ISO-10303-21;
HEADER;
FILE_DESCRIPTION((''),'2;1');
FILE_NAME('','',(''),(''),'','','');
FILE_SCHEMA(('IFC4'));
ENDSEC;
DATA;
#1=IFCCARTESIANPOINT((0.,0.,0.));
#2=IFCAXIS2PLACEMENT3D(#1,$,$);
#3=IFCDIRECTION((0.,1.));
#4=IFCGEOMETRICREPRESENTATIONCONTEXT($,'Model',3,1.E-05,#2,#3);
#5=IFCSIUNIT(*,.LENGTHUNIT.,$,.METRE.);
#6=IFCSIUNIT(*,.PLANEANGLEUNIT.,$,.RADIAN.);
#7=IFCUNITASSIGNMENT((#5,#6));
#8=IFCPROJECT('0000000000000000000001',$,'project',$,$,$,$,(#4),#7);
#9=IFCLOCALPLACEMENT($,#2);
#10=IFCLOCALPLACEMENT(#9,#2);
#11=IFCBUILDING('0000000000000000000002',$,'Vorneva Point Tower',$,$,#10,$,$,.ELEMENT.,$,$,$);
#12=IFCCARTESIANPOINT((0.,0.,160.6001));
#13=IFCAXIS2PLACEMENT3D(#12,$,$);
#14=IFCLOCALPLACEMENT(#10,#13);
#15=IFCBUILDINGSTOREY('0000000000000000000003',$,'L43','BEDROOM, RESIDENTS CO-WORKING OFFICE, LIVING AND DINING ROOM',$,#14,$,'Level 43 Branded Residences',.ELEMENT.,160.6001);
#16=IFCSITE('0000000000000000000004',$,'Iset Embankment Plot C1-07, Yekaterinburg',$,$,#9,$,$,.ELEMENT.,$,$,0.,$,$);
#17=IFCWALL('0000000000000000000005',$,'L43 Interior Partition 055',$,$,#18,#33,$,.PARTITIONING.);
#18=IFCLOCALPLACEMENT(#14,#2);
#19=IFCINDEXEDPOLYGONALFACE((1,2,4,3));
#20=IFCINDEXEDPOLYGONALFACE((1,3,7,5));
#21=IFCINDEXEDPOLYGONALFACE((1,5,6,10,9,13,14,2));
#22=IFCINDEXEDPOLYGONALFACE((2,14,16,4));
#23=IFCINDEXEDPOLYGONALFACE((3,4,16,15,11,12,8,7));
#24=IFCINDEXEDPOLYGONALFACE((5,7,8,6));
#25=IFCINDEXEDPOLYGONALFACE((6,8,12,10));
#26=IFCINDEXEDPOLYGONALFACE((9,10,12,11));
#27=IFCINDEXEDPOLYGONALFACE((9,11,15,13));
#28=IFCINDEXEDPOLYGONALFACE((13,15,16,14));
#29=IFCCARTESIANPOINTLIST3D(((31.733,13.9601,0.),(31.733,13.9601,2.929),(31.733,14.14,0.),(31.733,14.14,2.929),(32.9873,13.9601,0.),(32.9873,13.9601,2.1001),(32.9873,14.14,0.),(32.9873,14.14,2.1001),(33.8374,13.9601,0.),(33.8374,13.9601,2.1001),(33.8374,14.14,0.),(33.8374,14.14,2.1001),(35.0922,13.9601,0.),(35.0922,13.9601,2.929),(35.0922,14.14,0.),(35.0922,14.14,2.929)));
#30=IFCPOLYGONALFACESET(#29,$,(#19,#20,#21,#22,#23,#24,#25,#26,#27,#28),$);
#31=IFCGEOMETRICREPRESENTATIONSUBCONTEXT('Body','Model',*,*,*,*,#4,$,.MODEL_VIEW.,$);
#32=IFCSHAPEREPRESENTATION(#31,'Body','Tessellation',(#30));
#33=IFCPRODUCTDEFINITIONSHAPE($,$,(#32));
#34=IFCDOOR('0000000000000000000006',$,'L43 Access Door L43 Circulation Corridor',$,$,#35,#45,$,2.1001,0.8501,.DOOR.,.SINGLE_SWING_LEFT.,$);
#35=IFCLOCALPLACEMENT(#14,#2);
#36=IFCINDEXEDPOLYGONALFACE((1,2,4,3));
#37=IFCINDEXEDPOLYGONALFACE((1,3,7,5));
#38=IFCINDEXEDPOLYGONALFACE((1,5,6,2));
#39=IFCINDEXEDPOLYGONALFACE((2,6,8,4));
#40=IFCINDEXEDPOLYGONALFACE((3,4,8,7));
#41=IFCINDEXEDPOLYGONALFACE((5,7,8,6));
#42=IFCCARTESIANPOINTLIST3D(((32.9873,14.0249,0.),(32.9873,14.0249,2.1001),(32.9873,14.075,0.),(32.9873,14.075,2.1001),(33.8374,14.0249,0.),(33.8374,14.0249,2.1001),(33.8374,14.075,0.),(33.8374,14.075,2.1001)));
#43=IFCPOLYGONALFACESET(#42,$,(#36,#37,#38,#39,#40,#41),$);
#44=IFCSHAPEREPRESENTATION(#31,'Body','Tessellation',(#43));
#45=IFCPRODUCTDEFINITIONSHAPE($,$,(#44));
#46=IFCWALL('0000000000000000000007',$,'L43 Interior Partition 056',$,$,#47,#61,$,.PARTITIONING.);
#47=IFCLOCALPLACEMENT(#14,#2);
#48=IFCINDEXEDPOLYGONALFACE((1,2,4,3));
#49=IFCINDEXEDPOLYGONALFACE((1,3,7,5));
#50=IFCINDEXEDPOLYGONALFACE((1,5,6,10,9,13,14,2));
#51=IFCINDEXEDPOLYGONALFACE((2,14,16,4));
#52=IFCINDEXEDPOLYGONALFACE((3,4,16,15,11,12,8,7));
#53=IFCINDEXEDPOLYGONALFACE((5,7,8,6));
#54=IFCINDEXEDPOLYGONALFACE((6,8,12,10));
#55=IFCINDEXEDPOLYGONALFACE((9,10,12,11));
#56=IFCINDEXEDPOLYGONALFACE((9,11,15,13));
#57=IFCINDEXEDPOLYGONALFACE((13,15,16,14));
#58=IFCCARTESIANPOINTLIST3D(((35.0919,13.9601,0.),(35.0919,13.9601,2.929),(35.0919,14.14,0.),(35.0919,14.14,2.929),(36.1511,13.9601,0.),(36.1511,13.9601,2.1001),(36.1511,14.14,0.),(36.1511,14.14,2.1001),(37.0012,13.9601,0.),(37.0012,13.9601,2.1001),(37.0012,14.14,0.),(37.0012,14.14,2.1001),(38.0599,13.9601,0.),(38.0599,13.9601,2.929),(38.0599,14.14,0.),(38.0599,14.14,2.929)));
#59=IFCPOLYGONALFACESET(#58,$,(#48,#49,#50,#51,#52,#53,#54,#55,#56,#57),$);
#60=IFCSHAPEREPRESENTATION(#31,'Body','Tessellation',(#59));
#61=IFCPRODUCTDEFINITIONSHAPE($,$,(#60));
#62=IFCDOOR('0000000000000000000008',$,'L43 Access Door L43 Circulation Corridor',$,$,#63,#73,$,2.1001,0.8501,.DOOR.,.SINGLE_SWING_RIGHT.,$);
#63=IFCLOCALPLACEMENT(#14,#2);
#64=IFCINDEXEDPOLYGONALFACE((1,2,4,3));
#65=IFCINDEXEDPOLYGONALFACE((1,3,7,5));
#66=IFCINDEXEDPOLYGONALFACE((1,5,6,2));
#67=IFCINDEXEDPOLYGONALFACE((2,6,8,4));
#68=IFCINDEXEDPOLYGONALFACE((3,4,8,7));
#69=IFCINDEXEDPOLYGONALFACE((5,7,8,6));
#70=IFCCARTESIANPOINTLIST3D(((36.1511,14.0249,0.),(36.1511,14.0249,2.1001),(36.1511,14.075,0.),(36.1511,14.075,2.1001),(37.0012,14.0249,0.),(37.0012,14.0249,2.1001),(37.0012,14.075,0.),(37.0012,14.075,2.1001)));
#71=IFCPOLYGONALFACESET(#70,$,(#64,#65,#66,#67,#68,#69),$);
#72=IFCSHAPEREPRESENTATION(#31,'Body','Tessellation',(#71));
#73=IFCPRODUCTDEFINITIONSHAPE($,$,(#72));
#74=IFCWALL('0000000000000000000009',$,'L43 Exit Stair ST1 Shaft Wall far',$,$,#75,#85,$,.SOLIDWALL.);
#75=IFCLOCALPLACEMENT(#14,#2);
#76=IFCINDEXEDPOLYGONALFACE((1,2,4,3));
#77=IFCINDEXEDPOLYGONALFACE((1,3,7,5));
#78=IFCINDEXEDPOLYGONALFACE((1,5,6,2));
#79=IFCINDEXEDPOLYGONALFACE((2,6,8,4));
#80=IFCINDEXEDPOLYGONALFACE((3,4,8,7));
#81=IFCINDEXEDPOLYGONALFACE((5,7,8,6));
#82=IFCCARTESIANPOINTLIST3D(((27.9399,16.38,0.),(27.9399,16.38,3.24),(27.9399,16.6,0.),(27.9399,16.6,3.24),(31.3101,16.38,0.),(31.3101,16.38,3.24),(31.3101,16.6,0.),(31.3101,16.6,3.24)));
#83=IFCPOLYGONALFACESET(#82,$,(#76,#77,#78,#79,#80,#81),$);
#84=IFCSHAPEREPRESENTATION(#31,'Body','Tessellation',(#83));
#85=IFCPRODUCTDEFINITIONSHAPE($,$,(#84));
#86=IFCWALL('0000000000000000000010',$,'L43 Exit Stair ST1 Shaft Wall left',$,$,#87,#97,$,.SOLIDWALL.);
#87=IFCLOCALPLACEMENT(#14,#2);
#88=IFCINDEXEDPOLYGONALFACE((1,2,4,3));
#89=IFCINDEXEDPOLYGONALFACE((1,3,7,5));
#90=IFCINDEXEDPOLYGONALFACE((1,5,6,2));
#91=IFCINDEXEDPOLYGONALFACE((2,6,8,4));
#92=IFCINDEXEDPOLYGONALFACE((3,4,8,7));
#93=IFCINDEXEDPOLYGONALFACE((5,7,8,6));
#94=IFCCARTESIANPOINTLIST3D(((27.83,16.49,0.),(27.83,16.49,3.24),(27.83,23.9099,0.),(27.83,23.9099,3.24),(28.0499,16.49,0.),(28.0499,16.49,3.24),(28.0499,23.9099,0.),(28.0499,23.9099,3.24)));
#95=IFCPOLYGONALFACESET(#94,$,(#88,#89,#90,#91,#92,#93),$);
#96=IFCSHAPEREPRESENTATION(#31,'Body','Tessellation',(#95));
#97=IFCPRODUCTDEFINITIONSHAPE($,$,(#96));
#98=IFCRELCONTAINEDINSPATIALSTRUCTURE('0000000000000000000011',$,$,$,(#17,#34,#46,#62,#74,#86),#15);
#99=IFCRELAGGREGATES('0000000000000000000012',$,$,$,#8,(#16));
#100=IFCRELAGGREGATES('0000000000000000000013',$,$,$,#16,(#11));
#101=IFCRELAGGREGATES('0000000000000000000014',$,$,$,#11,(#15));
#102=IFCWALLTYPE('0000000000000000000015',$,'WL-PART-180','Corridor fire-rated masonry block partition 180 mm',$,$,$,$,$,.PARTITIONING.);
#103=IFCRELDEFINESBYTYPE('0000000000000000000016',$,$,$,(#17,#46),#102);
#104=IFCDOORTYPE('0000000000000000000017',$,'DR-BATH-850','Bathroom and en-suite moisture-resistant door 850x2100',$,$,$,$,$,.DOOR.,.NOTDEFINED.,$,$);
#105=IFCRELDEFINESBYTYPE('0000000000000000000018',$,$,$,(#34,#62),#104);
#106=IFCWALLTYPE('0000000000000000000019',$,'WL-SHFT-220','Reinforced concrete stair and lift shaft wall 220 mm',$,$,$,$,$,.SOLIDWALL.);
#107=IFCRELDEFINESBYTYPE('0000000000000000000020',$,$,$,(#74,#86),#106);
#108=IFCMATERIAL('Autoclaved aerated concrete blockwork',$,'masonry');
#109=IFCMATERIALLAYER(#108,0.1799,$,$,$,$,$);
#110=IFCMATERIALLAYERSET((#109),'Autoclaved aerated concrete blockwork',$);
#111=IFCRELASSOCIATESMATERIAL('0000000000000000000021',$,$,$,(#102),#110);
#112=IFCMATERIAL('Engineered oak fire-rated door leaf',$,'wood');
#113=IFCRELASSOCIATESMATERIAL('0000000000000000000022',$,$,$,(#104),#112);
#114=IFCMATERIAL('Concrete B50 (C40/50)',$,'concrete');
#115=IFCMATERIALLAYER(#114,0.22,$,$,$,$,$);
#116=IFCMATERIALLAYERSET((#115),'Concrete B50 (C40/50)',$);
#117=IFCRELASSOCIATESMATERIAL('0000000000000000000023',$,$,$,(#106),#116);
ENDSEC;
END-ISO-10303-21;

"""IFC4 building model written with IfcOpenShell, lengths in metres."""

from ifc_helpers import new_model, si_unit, direction, frame, frame_2d, origin, place, context, subcontext, project, spatial, rectangle, extrude, material, layer, layer_set, type_object, element, fill, save


model = new_model("IFC4")

# Units and contexts
model_context = context("Model", 3, precision=1e-05, world=origin(), true_north=direction((0.0, 1.0)))
body_context = subcontext(model_context, "Body", "Model", "MODEL_VIEW")
ifc_project = project(units=[si_unit("LENGTHUNIT", "METRE"), si_unit("PLANEANGLEUNIT", "RADIAN")], contexts=[model_context])

# Site, building, storey
site_placement = place(None, origin())
site = spatial("IfcSite", under=ifc_project, at=site_placement, Name="Iset Embankment Plot C1-07, Yekaterinburg", CompositionType="ELEMENT", RefElevation=0.0)
building_placement = place(site_placement, origin())
building = spatial("IfcBuilding", under=site, at=building_placement, Name="Vorneva Point Tower", CompositionType="ELEMENT")
storey_placement = place(building_placement, frame((0.0, 0.0, 160.6001)))
storey = spatial("IfcBuildingStorey", under=building, at=storey_placement, Name="L43", Description="BEDROOM, RESIDENTS CO-WORKING OFFICE, LIVING AND DINING ROOM", LongName="Level 43 Branded Residences", CompositionType="ELEMENT", Elevation=160.6001)

# Shared definitions
ifc_material_1 = material(Name="Engineered oak fire-rated door leaf", Category="wood")

# Shared definitions
ifc_material_2 = material(Name="Autoclaved aerated concrete blockwork", Category="masonry")
ifc_layer_1 = layer(ifc_material_2, 0.1799)
ifc_layer_set_1 = layer_set([ifc_layer_1], Name="Autoclaved aerated concrete blockwork")
wall_type_1 = type_object("IfcWallType", Name="WL-PART-180", Description="Corridor fire-rated masonry block partition 180 mm", PredefinedType="PARTITIONING", material=ifc_layer_set_1)
door_type_1 = type_object("IfcDoorType", Name="DR-BATH-850", Description="Bathroom and en-suite moisture-resistant door 850x2100", OperationType="NOTDEFINED", PredefinedType="DOOR", material=ifc_material_1)

# Walls, openings, doors
wall_1_placement = place(storey_placement, frame((31.7329, 14.05, 0.0), z_axis=(0.0, 0.0, 1.0), x_axis=(1.0, 0.0, 0.0)))
wall_1 = element("IfcWall", 1, at=wall_1_placement, inside=storey, type_object=wall_type_1, Name="L43 Interior Partition 055", PredefinedType="PARTITIONING", context=body_context, shape_type="SweptSolid", body=[
    extrude(rectangle(XDim=3.3591, YDim=0.1799, at=frame_2d((1.6797, 0.0))), origin(), (0.0, 0.0, 1.0), 2.929),
])
opening_1_placement = place(wall_1_placement, frame((1.2544, 0.0, 0.0)))
opening_1 = element("IfcOpeningElement", 2, at=opening_1_placement, cuts=wall_1, PredefinedType="OPENING", context=body_context, shape_type="SweptSolid", body=[
    extrude(rectangle(XDim=0.8501, YDim=2.1001, at=frame_2d((0.425, 1.05))), frame((0.0, 0.105, 0.0), z_axis=(0.0, -1.0, 0.0), x_axis=(1.0, 0.0, 0.0)), (0.0, 0.0, 1.0), 0.2097),
])
door_1_placement = place(opening_1_placement, origin())
door_1 = element("IfcDoor", 3, at=door_1_placement, inside=storey, type_object=door_type_1, Name="L43 Access Door L43 Circulation Corridor", OperationType="SINGLE_SWING_LEFT", OverallHeight=2.1001, OverallWidth=0.8501, PredefinedType="DOOR", context=body_context, shape_type="SweptSolid", body=[
    extrude(rectangle(XDim=0.8501, YDim=2.1001, at=frame_2d((0.425, 1.05))), frame((0.0, 0.0249, 0.0), z_axis=(0.0, -1.0, 0.0), x_axis=(1.0, 0.0, 0.0)), (0.0, 0.0, 1.0), 0.05),
])
fill(opening_1, door_1)
wall_2_placement = place(storey_placement, frame((35.092, 14.05, 0.0), z_axis=(0.0, 0.0, 1.0), x_axis=(1.0, 0.0, 0.0)))
wall_2 = element("IfcWall", 4, at=wall_2_placement, inside=storey, type_object=wall_type_1, Name="L43 Interior Partition 056", PredefinedType="PARTITIONING", context=body_context, shape_type="SweptSolid", body=[
    extrude(rectangle(XDim=2.968, YDim=0.1799, at=frame_2d((1.4839, 0.0))), origin(), (0.0, 0.0, 1.0), 2.929),
])
opening_2_placement = place(wall_2_placement, frame((1.0591, 0.0, 0.0)))
opening_2 = element("IfcOpeningElement", 5, at=opening_2_placement, cuts=wall_2, PredefinedType="OPENING", context=body_context, shape_type="SweptSolid", body=[
    extrude(rectangle(XDim=0.8501, YDim=2.1001, at=frame_2d((0.425, 1.05))), frame((0.0, 0.105, 0.0), z_axis=(0.0, -1.0, 0.0), x_axis=(1.0, 0.0, 0.0)), (0.0, 0.0, 1.0), 0.2097),
])
door_2_placement = place(opening_2_placement, origin())
door_2 = element("IfcDoor", 6, at=door_2_placement, inside=storey, type_object=door_type_1, Name="L43 Access Door L43 Circulation Corridor", OperationType="SINGLE_SWING_RIGHT", OverallHeight=2.1001, OverallWidth=0.8501, PredefinedType="DOOR", context=body_context, shape_type="SweptSolid", body=[
    extrude(rectangle(XDim=0.8501, YDim=2.1001, at=frame_2d((0.425, 1.05))), frame((0.0, 0.0249, 0.0), z_axis=(0.0, -1.0, 0.0), x_axis=(1.0, 0.0, 0.0)), (0.0, 0.0, 1.0), 0.05),
])
fill(opening_2, door_2)

# Walls
ifc_material_3 = material(Name="Concrete B50 (C40/50)", Category="concrete")
ifc_layer_2 = layer(ifc_material_3, 0.22)
ifc_layer_set_2 = layer_set([ifc_layer_2], Name="Concrete B50 (C40/50)")
wall_type_2 = type_object("IfcWallType", Name="WL-SHFT-220", Description="Reinforced concrete stair and lift shaft wall 220 mm", PredefinedType="SOLIDWALL", material=ifc_layer_set_2)
wall_3_placement = place(storey_placement, frame((31.3101, 16.49, 0.0), z_axis=(0.0, 0.0, 1.0), x_axis=(-1.0, 0.0, 0.0)))
element("IfcWall", 7, at=wall_3_placement, inside=storey, type_object=wall_type_2, Name="L43 Exit Stair ST1 Shaft Wall far", PredefinedType="SOLIDWALL", context=body_context, shape_type="SweptSolid", body=[
    extrude(rectangle(XDim=3.3701, YDim=0.22, at=frame_2d((1.6851, 0.0))), origin(), (0.0, 0.0, 1.0), 3.24),
])
wall_4_placement = place(storey_placement, frame((27.9399, 16.49, 0.0), z_axis=(0.0, 0.0, 1.0), x_axis=(0.0, 1.0, 0.0)))
element("IfcWall", 8, at=wall_4_placement, inside=storey, type_object=wall_type_2, Name="L43 Exit Stair ST1 Shaft Wall left", PredefinedType="SOLIDWALL", context=body_context, shape_type="SweptSolid", body=[
    extrude(rectangle(XDim=7.4199, YDim=0.22, at=frame_2d((3.71, 0.0))), origin(), (0.0, 0.0, 1.0), 3.24),
])

save(model, "model.ifc")
